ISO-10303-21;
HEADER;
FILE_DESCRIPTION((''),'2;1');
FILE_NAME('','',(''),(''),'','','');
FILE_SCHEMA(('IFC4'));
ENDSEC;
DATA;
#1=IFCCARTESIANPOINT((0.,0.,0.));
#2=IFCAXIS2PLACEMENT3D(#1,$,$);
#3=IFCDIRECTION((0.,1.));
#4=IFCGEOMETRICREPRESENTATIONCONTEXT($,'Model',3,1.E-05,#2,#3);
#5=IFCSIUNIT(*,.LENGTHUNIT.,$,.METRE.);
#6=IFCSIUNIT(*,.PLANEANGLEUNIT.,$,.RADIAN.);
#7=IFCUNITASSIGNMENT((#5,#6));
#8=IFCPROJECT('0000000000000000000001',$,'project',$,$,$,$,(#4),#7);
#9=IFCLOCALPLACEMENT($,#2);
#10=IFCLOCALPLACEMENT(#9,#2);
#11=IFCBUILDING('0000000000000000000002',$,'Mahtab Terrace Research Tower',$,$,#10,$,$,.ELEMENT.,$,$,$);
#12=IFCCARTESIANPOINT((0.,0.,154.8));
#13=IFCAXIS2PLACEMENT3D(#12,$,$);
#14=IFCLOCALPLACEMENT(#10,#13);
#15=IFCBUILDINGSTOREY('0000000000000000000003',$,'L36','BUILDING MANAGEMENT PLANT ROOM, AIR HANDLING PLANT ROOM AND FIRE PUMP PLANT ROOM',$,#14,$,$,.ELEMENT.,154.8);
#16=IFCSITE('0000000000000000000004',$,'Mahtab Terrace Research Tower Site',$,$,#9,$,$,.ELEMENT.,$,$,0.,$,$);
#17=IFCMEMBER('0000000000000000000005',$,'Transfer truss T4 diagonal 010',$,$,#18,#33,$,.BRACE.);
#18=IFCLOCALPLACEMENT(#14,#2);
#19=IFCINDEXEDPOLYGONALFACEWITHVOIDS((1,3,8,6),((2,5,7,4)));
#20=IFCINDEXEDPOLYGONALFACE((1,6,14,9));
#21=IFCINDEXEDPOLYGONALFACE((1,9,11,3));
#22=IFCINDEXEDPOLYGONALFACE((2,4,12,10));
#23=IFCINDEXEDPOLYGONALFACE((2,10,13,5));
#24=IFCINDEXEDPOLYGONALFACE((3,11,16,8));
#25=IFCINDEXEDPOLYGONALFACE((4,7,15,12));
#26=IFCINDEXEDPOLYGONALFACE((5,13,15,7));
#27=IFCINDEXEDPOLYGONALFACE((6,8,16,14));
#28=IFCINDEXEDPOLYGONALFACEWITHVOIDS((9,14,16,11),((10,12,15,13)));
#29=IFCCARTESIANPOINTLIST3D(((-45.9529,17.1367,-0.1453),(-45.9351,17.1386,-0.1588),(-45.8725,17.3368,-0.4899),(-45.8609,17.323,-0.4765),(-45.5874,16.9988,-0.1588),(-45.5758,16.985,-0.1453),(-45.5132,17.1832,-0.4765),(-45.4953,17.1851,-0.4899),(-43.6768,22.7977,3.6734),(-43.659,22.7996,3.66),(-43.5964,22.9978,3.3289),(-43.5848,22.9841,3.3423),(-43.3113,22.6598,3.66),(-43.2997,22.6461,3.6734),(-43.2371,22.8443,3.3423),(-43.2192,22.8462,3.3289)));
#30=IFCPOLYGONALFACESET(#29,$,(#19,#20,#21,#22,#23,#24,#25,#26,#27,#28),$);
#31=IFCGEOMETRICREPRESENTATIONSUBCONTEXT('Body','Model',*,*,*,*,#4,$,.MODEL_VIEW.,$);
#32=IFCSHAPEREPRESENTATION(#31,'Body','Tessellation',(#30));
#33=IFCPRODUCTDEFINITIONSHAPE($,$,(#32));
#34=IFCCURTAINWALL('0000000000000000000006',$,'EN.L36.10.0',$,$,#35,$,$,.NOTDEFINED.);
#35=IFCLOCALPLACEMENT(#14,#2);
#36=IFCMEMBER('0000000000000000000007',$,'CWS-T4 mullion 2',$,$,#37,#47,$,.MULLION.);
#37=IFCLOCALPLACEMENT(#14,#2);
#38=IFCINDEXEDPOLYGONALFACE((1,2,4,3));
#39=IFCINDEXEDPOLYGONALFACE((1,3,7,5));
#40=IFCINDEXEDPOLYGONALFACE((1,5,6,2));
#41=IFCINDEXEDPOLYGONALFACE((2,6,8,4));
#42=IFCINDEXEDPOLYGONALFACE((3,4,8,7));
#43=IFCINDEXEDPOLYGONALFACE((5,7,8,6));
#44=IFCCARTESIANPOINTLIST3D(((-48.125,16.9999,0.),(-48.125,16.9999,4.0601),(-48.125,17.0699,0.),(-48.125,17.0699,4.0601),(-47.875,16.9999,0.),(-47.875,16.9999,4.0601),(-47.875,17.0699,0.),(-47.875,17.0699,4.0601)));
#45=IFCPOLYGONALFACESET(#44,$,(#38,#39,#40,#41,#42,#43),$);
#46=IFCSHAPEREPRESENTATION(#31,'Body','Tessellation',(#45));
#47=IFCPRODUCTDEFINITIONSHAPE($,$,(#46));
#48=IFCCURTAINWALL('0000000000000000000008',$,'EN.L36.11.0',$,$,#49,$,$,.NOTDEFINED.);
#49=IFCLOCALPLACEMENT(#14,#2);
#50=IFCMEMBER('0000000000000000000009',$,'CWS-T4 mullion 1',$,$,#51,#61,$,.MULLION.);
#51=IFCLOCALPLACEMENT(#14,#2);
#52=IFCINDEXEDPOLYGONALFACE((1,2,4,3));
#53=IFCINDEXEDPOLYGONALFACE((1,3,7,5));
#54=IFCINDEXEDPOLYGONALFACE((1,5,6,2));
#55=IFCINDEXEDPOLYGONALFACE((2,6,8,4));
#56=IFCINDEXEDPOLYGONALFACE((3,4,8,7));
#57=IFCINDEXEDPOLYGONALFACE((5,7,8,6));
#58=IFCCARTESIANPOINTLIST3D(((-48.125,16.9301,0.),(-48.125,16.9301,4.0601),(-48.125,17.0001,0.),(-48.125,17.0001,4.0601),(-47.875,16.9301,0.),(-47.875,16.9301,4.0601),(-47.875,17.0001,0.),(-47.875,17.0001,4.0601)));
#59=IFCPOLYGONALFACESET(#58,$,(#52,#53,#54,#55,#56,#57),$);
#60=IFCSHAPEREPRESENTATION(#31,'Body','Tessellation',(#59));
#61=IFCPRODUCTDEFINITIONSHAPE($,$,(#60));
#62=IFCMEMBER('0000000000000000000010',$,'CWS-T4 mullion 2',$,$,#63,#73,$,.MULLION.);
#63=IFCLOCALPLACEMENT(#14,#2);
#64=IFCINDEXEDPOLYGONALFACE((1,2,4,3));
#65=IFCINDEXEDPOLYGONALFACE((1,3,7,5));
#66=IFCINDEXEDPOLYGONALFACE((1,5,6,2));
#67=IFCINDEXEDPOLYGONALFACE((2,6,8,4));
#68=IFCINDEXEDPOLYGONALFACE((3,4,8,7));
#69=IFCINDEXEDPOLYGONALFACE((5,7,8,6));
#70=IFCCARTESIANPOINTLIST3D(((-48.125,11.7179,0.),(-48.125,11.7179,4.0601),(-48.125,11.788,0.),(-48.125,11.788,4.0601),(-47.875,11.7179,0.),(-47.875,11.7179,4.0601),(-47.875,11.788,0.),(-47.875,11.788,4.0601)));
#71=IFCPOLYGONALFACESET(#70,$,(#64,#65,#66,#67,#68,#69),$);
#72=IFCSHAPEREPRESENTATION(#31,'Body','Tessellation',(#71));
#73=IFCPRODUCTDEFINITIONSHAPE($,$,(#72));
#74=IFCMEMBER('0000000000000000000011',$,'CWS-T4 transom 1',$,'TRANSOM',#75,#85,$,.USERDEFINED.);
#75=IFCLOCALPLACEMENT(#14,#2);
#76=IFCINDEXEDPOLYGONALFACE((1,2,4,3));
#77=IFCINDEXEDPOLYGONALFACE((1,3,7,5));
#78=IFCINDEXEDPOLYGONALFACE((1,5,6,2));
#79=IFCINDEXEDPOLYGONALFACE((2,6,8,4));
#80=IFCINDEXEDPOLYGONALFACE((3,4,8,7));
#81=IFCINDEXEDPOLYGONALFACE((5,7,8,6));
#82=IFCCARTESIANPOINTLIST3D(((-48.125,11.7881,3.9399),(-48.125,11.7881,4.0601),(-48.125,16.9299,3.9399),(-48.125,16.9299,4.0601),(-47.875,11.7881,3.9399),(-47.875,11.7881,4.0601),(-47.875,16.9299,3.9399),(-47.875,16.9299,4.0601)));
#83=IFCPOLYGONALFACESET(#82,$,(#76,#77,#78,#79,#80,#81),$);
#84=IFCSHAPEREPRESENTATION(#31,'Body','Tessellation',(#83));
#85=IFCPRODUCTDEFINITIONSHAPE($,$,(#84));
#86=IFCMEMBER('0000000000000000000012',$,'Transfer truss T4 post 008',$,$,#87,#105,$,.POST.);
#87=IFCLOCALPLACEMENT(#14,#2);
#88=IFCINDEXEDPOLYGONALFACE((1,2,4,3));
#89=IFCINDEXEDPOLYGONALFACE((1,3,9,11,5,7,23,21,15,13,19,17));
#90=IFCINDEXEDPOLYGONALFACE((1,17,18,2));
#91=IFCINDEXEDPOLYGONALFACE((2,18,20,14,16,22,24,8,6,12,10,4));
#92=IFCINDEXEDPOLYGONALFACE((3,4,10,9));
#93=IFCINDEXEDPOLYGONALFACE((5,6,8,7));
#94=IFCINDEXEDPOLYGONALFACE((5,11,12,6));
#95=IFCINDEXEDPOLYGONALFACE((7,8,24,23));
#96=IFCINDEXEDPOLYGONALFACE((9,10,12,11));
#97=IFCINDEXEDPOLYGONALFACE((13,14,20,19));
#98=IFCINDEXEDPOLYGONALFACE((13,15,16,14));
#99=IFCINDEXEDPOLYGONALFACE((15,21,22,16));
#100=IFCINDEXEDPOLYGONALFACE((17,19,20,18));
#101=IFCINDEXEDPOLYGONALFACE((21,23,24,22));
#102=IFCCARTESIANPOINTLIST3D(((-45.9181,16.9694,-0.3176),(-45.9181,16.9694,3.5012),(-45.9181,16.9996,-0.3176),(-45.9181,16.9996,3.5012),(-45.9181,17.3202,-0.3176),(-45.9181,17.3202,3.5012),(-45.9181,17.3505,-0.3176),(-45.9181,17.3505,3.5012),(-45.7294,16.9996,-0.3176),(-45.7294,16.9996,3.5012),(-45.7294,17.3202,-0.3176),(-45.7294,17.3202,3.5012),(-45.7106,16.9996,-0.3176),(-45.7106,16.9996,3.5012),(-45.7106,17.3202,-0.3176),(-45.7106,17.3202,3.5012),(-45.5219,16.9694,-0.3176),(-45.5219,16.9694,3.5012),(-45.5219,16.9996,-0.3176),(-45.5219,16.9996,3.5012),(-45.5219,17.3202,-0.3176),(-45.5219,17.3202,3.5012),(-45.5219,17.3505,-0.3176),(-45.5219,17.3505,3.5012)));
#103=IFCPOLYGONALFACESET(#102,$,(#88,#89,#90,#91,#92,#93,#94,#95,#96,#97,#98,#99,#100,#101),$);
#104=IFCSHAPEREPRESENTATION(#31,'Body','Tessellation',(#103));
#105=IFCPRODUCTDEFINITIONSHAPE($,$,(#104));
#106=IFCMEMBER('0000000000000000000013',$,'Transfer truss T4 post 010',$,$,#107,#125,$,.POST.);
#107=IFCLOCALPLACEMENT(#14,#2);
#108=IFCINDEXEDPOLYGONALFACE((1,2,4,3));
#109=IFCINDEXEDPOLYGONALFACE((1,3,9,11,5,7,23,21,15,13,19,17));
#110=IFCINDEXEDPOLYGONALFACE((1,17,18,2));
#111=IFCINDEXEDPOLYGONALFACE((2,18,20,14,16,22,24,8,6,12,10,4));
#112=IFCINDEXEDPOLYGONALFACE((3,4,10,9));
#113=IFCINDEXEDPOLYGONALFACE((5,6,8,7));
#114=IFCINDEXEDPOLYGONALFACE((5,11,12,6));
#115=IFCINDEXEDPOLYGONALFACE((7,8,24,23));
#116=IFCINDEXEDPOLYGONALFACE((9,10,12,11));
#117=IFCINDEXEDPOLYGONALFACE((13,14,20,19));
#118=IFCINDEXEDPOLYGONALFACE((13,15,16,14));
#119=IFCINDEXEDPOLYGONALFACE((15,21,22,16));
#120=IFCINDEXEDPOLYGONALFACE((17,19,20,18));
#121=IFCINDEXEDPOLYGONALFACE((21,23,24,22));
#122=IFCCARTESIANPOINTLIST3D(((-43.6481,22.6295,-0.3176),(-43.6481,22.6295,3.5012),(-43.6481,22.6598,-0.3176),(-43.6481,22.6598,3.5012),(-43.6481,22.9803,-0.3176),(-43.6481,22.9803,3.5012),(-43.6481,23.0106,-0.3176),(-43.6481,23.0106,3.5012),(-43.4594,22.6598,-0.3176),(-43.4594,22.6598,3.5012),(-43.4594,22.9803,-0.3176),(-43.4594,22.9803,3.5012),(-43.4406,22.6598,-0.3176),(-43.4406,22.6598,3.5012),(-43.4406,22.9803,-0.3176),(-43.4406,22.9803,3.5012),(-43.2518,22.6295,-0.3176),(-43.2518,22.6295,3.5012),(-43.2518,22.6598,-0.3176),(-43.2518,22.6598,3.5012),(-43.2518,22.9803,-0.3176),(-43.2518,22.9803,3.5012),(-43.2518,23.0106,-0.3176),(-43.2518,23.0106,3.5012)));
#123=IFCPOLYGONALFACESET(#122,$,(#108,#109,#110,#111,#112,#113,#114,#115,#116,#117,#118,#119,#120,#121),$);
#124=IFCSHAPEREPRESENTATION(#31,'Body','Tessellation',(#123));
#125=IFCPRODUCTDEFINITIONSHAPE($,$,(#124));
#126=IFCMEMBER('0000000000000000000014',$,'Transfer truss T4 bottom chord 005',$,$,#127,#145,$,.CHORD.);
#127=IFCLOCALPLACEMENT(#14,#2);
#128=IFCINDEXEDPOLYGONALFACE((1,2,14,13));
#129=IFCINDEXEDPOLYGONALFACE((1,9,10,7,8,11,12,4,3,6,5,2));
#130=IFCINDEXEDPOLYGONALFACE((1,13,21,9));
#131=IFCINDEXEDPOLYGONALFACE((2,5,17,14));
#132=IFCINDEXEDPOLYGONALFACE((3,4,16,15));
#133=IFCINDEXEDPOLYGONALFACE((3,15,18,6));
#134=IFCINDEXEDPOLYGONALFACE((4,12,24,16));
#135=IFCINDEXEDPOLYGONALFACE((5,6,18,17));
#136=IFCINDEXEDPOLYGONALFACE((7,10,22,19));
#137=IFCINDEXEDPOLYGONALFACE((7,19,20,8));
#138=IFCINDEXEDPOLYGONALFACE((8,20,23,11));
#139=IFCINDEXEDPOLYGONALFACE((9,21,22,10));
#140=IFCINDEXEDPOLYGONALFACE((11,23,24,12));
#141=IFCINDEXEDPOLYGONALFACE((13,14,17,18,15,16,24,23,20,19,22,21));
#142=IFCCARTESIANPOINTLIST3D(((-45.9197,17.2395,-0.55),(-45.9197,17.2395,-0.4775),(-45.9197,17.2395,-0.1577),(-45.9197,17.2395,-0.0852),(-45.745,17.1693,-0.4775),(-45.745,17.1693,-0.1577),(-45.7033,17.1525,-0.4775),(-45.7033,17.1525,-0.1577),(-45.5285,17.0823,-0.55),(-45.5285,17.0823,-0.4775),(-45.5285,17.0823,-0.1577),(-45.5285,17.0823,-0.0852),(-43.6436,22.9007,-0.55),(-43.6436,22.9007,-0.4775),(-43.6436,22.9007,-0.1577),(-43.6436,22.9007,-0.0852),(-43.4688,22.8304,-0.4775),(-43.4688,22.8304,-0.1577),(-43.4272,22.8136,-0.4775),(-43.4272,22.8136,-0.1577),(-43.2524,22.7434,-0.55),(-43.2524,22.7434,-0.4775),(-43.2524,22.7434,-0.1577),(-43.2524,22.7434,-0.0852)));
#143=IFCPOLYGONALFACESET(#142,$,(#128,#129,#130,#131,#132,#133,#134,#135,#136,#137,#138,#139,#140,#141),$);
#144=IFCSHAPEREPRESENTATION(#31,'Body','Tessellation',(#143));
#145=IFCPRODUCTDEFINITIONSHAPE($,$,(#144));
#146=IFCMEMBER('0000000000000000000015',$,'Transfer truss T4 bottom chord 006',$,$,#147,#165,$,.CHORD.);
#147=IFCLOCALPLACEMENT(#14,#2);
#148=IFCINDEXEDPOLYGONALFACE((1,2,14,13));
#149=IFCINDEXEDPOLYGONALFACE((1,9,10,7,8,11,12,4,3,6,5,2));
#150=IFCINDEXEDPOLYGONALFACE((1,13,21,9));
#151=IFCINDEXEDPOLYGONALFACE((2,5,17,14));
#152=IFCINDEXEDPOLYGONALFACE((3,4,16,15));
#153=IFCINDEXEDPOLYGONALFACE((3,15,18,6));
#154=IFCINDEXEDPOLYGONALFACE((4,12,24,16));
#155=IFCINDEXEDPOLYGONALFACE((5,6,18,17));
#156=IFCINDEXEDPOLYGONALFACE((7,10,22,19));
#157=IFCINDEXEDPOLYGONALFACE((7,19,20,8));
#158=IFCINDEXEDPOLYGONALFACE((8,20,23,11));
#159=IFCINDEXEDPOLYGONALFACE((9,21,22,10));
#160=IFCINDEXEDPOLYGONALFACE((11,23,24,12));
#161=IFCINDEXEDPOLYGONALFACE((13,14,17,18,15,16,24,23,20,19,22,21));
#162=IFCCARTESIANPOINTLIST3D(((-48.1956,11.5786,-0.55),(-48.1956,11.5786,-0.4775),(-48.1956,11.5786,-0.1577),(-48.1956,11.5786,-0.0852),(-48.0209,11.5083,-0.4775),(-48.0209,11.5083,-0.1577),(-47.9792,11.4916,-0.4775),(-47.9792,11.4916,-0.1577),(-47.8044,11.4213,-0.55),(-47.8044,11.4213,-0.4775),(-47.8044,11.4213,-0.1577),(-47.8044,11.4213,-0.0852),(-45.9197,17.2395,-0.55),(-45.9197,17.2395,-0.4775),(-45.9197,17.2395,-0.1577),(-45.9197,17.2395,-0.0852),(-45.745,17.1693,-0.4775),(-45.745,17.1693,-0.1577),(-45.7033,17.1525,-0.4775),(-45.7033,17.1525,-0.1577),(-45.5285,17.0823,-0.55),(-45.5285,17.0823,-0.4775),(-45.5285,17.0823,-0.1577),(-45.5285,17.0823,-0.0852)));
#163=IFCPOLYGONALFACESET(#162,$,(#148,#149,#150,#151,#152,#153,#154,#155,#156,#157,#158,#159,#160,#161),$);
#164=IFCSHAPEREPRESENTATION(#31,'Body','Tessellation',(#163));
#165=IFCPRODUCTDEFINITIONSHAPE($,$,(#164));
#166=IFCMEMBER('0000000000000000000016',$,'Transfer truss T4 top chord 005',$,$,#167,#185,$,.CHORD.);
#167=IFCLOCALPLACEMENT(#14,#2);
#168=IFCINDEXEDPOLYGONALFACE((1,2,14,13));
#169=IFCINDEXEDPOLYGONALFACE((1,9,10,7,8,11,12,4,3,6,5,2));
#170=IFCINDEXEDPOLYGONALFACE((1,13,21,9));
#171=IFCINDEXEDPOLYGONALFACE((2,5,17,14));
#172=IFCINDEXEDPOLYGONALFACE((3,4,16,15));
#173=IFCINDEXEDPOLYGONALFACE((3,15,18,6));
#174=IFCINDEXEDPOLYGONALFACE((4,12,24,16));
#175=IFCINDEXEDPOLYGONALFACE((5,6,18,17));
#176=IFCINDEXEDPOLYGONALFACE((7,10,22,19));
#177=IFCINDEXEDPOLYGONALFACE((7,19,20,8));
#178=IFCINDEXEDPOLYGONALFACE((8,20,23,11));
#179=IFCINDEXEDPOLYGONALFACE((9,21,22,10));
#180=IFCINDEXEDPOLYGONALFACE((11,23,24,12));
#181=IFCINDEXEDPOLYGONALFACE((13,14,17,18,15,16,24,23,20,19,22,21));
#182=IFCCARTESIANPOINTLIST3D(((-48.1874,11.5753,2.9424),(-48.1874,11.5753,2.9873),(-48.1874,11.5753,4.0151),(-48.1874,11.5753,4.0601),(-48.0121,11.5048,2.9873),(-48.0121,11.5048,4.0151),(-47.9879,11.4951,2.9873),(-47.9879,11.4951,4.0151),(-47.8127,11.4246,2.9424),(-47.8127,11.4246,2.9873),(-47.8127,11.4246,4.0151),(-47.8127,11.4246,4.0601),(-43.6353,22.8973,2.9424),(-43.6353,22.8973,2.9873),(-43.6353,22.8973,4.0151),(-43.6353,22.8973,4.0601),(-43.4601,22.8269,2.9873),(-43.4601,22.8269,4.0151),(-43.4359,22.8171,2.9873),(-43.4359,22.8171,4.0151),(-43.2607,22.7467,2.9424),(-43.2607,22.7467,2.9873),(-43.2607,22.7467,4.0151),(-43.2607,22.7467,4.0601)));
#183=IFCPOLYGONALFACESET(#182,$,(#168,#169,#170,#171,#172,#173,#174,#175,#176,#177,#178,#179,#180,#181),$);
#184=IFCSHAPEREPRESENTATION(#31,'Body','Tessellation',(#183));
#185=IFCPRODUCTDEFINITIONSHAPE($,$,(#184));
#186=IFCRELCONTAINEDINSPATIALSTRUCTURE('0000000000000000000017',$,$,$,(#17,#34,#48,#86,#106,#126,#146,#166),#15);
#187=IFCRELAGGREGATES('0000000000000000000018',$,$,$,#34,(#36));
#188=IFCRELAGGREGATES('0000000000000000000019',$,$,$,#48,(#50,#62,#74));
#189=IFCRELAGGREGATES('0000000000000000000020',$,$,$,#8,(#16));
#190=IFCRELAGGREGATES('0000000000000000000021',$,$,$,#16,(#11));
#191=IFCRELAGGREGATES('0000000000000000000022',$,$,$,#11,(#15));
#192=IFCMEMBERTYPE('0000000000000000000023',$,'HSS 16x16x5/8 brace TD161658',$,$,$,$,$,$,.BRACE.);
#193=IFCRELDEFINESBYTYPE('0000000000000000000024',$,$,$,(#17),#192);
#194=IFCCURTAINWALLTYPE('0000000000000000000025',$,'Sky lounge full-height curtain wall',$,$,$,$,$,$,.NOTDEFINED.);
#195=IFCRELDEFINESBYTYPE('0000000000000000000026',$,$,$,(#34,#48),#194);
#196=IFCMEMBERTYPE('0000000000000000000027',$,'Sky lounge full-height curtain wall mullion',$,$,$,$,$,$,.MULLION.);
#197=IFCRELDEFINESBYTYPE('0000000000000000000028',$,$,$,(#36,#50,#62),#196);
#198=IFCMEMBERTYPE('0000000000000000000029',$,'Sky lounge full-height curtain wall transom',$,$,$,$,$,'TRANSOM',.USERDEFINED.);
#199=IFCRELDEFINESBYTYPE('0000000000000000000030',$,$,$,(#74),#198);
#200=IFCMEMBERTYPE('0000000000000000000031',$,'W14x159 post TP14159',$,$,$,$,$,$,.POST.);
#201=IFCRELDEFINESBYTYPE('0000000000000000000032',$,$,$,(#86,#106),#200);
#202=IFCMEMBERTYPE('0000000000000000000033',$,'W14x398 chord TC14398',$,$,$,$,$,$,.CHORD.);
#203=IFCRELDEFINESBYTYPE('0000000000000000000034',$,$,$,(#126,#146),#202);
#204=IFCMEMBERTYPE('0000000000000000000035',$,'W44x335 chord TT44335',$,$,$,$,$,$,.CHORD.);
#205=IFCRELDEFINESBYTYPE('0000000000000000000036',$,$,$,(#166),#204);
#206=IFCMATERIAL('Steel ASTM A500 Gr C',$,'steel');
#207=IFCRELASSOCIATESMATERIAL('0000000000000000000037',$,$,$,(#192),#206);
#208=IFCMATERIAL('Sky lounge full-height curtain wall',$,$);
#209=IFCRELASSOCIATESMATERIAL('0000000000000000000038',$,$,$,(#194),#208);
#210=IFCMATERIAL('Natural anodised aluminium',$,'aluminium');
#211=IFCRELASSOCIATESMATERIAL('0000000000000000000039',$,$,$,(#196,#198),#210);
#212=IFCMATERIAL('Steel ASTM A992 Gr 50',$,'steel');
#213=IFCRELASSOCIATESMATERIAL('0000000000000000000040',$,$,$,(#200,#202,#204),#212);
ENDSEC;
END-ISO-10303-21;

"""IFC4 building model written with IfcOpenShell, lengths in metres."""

from ifc_helpers import new_model, si_unit, direction, frame, origin, origin_2d, place, context, subcontext, project, spatial, rectangle, hollow_rectangle, i_section, extrude, material, material_profile, profile_set, type_object, element, aggregate, save


model = new_model("IFC4")

# Units and contexts
model_context = context("Model", 3, precision=1e-05, world=origin(), true_north=direction((0.0, 1.0)))
body_context = subcontext(model_context, "Body", "Model", "MODEL_VIEW")
ifc_project = project(units=[si_unit("LENGTHUNIT", "METRE"), si_unit("PLANEANGLEUNIT", "RADIAN")], contexts=[model_context])

# Site, building, storey
site_placement = place(None, origin())
site = spatial("IfcSite", under=ifc_project, at=site_placement, Name="Mahtab Terrace Research Tower Site", CompositionType="ELEMENT", RefElevation=0.0)
building_placement = place(site_placement, origin())
building = spatial("IfcBuilding", under=site, at=building_placement, Name="Mahtab Terrace Research Tower", CompositionType="ELEMENT")
storey_placement = place(building_placement, frame((0.0, 0.0, 154.8)))
storey = spatial("IfcBuildingStorey", under=building, at=storey_placement, Name="L36", Description="BUILDING MANAGEMENT PLANT ROOM, AIR HANDLING PLANT ROOM AND FIRE PUMP PLANT ROOM", CompositionType="ELEMENT", Elevation=154.8)

# Member
ifc_material_1 = material(Name="Steel ASTM A500 Gr C", Category="steel")
ifc_material_profile_1 = material_profile(ifc_material_1, hollow_rectangle(XDim=0.4065, YDim=0.4065, WallThickness=0.0159, at=origin_2d()), Name="HSS16X16X5/8")
ifc_profile_set_1 = profile_set([ifc_material_profile_1], Name="Steel ASTM A500 Gr C")
member_type_1 = type_object("IfcMemberType", Name="HSS 16x16x5/8 brace TD161658", PredefinedType="BRACE", material=ifc_profile_set_1)
member_1_placement = place(storey_placement, frame((-45.7241, 17.1609, -0.3176), z_axis=(0.316211, 0.786475, 0.530535), x_axis=(-0.927816, 0.373039, 0.0)))
element("IfcMember", 1, at=member_1_placement, inside=storey, type_object=member_type_1, Name="Transfer truss T4 diagonal 010", PredefinedType="BRACE", context=body_context, shape_type="SweptSolid", body=[
    extrude(hollow_rectangle(XDim=0.4065, YDim=0.4065, WallThickness=0.0159, at=origin_2d()), origin(), (0.0, 0.0, 1.0), 7.198),
])

# Curtain wall, member
ifc_material_2 = material(Name="Sky lounge full-height curtain wall")
curtain_wall_type = type_object("IfcCurtainWallType", Name="Sky lounge full-height curtain wall", PredefinedType="NOTDEFINED", material=ifc_material_2)
curtain_wall_1_placement = place(storey_placement, origin())
curtain_wall_1 = element("IfcCurtainWall", 2, at=curtain_wall_1_placement, inside=storey, type_object=curtain_wall_type, Name="EN.L36.10.0", PredefinedType="NOTDEFINED")
ifc_material_3 = material(Name="Natural anodised aluminium", Category="aluminium")
ifc_material_profile_2 = material_profile(ifc_material_3, rectangle(XDim=0.25, YDim=0.0701, at=origin_2d()), Name="MULLION 70x250")
ifc_profile_set_2 = profile_set([ifc_material_profile_2], Name="Natural anodised aluminium")
member_type_2 = type_object("IfcMemberType", Name="Sky lounge full-height curtain wall mullion", PredefinedType="MULLION", material=ifc_profile_set_2)
member_2_placement = place(storey_placement, frame((-48.0, 17.0349, 0.0), z_axis=(0.0, 0.0, 1.0), x_axis=(1.0, 0.0, 0.0)))
member_2 = element("IfcMember", 3, at=member_2_placement, type_object=member_type_2, Name="CWS-T4 mullion 2", PredefinedType="MULLION", context=body_context, shape_type="SweptSolid", body=[
    extrude(rectangle(XDim=0.25, YDim=0.0701, at=origin_2d()), origin(), (0.0, 0.0, 1.0), 4.0601),
])

# Curtain wall, members
curtain_wall_2_placement = place(storey_placement, origin())
curtain_wall_2 = element("IfcCurtainWall", 4, at=curtain_wall_2_placement, inside=storey, type_object=curtain_wall_type, Name="EN.L36.11.0", PredefinedType="NOTDEFINED")
member_3_placement = place(storey_placement, frame((-48.0, 16.9651, 0.0), z_axis=(0.0, 0.0, 1.0), x_axis=(1.0, 0.0, 0.0)))
member_3 = element("IfcMember", 5, at=member_3_placement, type_object=member_type_2, Name="CWS-T4 mullion 1", PredefinedType="MULLION", context=body_context, shape_type="SweptSolid", body=[
    extrude(rectangle(XDim=0.25, YDim=0.0701, at=origin_2d()), origin(), (0.0, 0.0, 1.0), 4.0601),
])
member_4_placement = place(storey_placement, frame((-48.0, 11.7529, 0.0), z_axis=(0.0, 0.0, 1.0), x_axis=(1.0, 0.0, 0.0)))
member_4 = element("IfcMember", 6, at=member_4_placement, type_object=member_type_2, Name="CWS-T4 mullion 2", PredefinedType="MULLION", context=body_context, shape_type="SweptSolid", body=[
    extrude(rectangle(XDim=0.25, YDim=0.0701, at=origin_2d()), origin(), (0.0, 0.0, 1.0), 4.0601),
])
ifc_material_profile_3 = material_profile(ifc_material_3, rectangle(XDim=0.25, YDim=0.1201, at=origin_2d()), Name="TRANSOM 120x250")
ifc_profile_set_3 = profile_set([ifc_material_profile_3], Name="Natural anodised aluminium")
member_type_3 = type_object("IfcMemberType", Name="Sky lounge full-height curtain wall transom", ElementType="TRANSOM", PredefinedType="USERDEFINED", material=ifc_profile_set_3)
member_5_placement = place(storey_placement, frame((-48.0, 16.9299, 4.0), z_axis=(0.0, -1.0, 0.0), x_axis=(1.0, 0.0, 0.0)))
member_5 = element("IfcMember", 7, at=member_5_placement, type_object=member_type_3, Name="CWS-T4 transom 1", ObjectType="TRANSOM", PredefinedType="USERDEFINED", context=body_context, shape_type="SweptSolid", body=[
    extrude(rectangle(XDim=0.25, YDim=0.1201, at=origin_2d()), origin(), (0.0, 0.0, 1.0), 5.1418),
])

# Members
ifc_material_4 = material(Name="Steel ASTM A992 Gr 50", Category="steel")
ifc_material_profile_4 = material_profile(ifc_material_4, i_section(OverallWidth=0.3962, OverallDepth=0.3811, WebThickness=0.0188, FlangeThickness=0.0303, at=origin_2d()), Name="W14X159")
ifc_profile_set_4 = profile_set([ifc_material_profile_4], Name="Steel ASTM A992 Gr 50")
member_type_4 = type_object("IfcMemberType", Name="W14x159 post TP14159", PredefinedType="POST", material=ifc_profile_set_4)
for number, where, z_axis, x_axis, name in (
    (8, (-45.72, 17.1599, -0.3176), (0.0, 0.0, 1.0), (1.0, 0.0, 0.0), "Transfer truss T4 post 008"),
    (9, (-43.45, 22.8201, -0.3176), (0.0, 0.0, 1.0), (1.0, 0.0, 0.0), "Transfer truss T4 post 010"),
):
    element("IfcMember", number, at=place(storey_placement, frame(where, z_axis=z_axis, x_axis=x_axis)), inside=storey, type_object=member_type_4, Name=name, PredefinedType="POST", context=body_context, shape_type="SweptSolid", body=[
        extrude(i_section(OverallWidth=0.3962, OverallDepth=0.3811, WebThickness=0.0188, FlangeThickness=0.0303, at=origin_2d()), origin(), (0.0, 0.0, 1.0), 3.8188),
    ])
ifc_material_profile_5 = material_profile(ifc_material_4, i_section(OverallWidth=0.4216, OverallDepth=0.4648, WebThickness=0.0449, FlangeThickness=0.0725, at=origin_2d()), Name="W14X398")
ifc_profile_set_5 = profile_set([ifc_material_profile_5], Name="Steel ASTM A992 Gr 50")
member_type_5 = type_object("IfcMemberType", Name="W14x398 chord TC14398", PredefinedType="CHORD", material=ifc_profile_set_5)
member_6_placement = place(storey_placement, frame((-43.448, 22.822, -0.3176), z_axis=(-0.373039, -0.927816, 0.0), x_axis=(0.927816, -0.373039, 0.0)))
element("IfcMember", 10, at=member_6_placement, inside=storey, type_object=member_type_5, Name="Transfer truss T4 bottom chord 005", PredefinedType="CHORD", context=body_context, shape_type="SweptSolid", body=[
    extrude(i_section(OverallWidth=0.4216, OverallDepth=0.4648, WebThickness=0.0449, FlangeThickness=0.0725, at=origin_2d()), origin(), (0.0, 0.0, 1.0), 6.1016),
])
member_7_placement = place(storey_placement, frame((-45.7241, 17.1609, -0.3176), z_axis=(-0.373018, -0.927824, 0.0), x_axis=(0.927824, -0.373018, 0.0)))
element("IfcMember", 11, at=member_7_placement, inside=storey, type_object=member_type_5, Name="Transfer truss T4 bottom chord 006", PredefinedType="CHORD", context=body_context, shape_type="SweptSolid", body=[
    extrude(i_section(OverallWidth=0.4216, OverallDepth=0.4648, WebThickness=0.0449, FlangeThickness=0.0725, at=origin_2d()), origin(), (0.0, 0.0, 1.0), 6.1013),
])
ifc_material_profile_6 = material_profile(ifc_material_4, i_section(OverallWidth=0.4038, OverallDepth=1.1177, WebThickness=0.0261, FlangeThickness=0.0449, at=origin_2d()), Name="W44X335")
ifc_profile_set_6 = profile_set([ifc_material_profile_6], Name="Steel ASTM A992 Gr 50")
member_type_6 = type_object("IfcMemberType", Name="W44x335 chord TT44335", PredefinedType="CHORD", material=ifc_profile_set_6)
member_8_placement = place(storey_placement, frame((-43.448, 22.822, 3.5012), z_axis=(-0.373029, -0.92782, 0.0), x_axis=(0.92782, -0.373029, 0.0)))
element("IfcMember", 12, at=member_8_placement, inside=storey, type_object=member_type_6, Name="Transfer truss T4 top chord 005", PredefinedType="CHORD", context=body_context, shape_type="SweptSolid", body=[
    extrude(i_section(OverallWidth=0.4038, OverallDepth=1.1177, WebThickness=0.0261, FlangeThickness=0.0449, at=origin_2d()), origin(), (0.0, 0.0, 1.0), 12.2029),
])

aggregate(curtain_wall_1, [member_2])
aggregate(curtain_wall_2, [member_3, member_4, member_5])

save(model, "model.ifc")
